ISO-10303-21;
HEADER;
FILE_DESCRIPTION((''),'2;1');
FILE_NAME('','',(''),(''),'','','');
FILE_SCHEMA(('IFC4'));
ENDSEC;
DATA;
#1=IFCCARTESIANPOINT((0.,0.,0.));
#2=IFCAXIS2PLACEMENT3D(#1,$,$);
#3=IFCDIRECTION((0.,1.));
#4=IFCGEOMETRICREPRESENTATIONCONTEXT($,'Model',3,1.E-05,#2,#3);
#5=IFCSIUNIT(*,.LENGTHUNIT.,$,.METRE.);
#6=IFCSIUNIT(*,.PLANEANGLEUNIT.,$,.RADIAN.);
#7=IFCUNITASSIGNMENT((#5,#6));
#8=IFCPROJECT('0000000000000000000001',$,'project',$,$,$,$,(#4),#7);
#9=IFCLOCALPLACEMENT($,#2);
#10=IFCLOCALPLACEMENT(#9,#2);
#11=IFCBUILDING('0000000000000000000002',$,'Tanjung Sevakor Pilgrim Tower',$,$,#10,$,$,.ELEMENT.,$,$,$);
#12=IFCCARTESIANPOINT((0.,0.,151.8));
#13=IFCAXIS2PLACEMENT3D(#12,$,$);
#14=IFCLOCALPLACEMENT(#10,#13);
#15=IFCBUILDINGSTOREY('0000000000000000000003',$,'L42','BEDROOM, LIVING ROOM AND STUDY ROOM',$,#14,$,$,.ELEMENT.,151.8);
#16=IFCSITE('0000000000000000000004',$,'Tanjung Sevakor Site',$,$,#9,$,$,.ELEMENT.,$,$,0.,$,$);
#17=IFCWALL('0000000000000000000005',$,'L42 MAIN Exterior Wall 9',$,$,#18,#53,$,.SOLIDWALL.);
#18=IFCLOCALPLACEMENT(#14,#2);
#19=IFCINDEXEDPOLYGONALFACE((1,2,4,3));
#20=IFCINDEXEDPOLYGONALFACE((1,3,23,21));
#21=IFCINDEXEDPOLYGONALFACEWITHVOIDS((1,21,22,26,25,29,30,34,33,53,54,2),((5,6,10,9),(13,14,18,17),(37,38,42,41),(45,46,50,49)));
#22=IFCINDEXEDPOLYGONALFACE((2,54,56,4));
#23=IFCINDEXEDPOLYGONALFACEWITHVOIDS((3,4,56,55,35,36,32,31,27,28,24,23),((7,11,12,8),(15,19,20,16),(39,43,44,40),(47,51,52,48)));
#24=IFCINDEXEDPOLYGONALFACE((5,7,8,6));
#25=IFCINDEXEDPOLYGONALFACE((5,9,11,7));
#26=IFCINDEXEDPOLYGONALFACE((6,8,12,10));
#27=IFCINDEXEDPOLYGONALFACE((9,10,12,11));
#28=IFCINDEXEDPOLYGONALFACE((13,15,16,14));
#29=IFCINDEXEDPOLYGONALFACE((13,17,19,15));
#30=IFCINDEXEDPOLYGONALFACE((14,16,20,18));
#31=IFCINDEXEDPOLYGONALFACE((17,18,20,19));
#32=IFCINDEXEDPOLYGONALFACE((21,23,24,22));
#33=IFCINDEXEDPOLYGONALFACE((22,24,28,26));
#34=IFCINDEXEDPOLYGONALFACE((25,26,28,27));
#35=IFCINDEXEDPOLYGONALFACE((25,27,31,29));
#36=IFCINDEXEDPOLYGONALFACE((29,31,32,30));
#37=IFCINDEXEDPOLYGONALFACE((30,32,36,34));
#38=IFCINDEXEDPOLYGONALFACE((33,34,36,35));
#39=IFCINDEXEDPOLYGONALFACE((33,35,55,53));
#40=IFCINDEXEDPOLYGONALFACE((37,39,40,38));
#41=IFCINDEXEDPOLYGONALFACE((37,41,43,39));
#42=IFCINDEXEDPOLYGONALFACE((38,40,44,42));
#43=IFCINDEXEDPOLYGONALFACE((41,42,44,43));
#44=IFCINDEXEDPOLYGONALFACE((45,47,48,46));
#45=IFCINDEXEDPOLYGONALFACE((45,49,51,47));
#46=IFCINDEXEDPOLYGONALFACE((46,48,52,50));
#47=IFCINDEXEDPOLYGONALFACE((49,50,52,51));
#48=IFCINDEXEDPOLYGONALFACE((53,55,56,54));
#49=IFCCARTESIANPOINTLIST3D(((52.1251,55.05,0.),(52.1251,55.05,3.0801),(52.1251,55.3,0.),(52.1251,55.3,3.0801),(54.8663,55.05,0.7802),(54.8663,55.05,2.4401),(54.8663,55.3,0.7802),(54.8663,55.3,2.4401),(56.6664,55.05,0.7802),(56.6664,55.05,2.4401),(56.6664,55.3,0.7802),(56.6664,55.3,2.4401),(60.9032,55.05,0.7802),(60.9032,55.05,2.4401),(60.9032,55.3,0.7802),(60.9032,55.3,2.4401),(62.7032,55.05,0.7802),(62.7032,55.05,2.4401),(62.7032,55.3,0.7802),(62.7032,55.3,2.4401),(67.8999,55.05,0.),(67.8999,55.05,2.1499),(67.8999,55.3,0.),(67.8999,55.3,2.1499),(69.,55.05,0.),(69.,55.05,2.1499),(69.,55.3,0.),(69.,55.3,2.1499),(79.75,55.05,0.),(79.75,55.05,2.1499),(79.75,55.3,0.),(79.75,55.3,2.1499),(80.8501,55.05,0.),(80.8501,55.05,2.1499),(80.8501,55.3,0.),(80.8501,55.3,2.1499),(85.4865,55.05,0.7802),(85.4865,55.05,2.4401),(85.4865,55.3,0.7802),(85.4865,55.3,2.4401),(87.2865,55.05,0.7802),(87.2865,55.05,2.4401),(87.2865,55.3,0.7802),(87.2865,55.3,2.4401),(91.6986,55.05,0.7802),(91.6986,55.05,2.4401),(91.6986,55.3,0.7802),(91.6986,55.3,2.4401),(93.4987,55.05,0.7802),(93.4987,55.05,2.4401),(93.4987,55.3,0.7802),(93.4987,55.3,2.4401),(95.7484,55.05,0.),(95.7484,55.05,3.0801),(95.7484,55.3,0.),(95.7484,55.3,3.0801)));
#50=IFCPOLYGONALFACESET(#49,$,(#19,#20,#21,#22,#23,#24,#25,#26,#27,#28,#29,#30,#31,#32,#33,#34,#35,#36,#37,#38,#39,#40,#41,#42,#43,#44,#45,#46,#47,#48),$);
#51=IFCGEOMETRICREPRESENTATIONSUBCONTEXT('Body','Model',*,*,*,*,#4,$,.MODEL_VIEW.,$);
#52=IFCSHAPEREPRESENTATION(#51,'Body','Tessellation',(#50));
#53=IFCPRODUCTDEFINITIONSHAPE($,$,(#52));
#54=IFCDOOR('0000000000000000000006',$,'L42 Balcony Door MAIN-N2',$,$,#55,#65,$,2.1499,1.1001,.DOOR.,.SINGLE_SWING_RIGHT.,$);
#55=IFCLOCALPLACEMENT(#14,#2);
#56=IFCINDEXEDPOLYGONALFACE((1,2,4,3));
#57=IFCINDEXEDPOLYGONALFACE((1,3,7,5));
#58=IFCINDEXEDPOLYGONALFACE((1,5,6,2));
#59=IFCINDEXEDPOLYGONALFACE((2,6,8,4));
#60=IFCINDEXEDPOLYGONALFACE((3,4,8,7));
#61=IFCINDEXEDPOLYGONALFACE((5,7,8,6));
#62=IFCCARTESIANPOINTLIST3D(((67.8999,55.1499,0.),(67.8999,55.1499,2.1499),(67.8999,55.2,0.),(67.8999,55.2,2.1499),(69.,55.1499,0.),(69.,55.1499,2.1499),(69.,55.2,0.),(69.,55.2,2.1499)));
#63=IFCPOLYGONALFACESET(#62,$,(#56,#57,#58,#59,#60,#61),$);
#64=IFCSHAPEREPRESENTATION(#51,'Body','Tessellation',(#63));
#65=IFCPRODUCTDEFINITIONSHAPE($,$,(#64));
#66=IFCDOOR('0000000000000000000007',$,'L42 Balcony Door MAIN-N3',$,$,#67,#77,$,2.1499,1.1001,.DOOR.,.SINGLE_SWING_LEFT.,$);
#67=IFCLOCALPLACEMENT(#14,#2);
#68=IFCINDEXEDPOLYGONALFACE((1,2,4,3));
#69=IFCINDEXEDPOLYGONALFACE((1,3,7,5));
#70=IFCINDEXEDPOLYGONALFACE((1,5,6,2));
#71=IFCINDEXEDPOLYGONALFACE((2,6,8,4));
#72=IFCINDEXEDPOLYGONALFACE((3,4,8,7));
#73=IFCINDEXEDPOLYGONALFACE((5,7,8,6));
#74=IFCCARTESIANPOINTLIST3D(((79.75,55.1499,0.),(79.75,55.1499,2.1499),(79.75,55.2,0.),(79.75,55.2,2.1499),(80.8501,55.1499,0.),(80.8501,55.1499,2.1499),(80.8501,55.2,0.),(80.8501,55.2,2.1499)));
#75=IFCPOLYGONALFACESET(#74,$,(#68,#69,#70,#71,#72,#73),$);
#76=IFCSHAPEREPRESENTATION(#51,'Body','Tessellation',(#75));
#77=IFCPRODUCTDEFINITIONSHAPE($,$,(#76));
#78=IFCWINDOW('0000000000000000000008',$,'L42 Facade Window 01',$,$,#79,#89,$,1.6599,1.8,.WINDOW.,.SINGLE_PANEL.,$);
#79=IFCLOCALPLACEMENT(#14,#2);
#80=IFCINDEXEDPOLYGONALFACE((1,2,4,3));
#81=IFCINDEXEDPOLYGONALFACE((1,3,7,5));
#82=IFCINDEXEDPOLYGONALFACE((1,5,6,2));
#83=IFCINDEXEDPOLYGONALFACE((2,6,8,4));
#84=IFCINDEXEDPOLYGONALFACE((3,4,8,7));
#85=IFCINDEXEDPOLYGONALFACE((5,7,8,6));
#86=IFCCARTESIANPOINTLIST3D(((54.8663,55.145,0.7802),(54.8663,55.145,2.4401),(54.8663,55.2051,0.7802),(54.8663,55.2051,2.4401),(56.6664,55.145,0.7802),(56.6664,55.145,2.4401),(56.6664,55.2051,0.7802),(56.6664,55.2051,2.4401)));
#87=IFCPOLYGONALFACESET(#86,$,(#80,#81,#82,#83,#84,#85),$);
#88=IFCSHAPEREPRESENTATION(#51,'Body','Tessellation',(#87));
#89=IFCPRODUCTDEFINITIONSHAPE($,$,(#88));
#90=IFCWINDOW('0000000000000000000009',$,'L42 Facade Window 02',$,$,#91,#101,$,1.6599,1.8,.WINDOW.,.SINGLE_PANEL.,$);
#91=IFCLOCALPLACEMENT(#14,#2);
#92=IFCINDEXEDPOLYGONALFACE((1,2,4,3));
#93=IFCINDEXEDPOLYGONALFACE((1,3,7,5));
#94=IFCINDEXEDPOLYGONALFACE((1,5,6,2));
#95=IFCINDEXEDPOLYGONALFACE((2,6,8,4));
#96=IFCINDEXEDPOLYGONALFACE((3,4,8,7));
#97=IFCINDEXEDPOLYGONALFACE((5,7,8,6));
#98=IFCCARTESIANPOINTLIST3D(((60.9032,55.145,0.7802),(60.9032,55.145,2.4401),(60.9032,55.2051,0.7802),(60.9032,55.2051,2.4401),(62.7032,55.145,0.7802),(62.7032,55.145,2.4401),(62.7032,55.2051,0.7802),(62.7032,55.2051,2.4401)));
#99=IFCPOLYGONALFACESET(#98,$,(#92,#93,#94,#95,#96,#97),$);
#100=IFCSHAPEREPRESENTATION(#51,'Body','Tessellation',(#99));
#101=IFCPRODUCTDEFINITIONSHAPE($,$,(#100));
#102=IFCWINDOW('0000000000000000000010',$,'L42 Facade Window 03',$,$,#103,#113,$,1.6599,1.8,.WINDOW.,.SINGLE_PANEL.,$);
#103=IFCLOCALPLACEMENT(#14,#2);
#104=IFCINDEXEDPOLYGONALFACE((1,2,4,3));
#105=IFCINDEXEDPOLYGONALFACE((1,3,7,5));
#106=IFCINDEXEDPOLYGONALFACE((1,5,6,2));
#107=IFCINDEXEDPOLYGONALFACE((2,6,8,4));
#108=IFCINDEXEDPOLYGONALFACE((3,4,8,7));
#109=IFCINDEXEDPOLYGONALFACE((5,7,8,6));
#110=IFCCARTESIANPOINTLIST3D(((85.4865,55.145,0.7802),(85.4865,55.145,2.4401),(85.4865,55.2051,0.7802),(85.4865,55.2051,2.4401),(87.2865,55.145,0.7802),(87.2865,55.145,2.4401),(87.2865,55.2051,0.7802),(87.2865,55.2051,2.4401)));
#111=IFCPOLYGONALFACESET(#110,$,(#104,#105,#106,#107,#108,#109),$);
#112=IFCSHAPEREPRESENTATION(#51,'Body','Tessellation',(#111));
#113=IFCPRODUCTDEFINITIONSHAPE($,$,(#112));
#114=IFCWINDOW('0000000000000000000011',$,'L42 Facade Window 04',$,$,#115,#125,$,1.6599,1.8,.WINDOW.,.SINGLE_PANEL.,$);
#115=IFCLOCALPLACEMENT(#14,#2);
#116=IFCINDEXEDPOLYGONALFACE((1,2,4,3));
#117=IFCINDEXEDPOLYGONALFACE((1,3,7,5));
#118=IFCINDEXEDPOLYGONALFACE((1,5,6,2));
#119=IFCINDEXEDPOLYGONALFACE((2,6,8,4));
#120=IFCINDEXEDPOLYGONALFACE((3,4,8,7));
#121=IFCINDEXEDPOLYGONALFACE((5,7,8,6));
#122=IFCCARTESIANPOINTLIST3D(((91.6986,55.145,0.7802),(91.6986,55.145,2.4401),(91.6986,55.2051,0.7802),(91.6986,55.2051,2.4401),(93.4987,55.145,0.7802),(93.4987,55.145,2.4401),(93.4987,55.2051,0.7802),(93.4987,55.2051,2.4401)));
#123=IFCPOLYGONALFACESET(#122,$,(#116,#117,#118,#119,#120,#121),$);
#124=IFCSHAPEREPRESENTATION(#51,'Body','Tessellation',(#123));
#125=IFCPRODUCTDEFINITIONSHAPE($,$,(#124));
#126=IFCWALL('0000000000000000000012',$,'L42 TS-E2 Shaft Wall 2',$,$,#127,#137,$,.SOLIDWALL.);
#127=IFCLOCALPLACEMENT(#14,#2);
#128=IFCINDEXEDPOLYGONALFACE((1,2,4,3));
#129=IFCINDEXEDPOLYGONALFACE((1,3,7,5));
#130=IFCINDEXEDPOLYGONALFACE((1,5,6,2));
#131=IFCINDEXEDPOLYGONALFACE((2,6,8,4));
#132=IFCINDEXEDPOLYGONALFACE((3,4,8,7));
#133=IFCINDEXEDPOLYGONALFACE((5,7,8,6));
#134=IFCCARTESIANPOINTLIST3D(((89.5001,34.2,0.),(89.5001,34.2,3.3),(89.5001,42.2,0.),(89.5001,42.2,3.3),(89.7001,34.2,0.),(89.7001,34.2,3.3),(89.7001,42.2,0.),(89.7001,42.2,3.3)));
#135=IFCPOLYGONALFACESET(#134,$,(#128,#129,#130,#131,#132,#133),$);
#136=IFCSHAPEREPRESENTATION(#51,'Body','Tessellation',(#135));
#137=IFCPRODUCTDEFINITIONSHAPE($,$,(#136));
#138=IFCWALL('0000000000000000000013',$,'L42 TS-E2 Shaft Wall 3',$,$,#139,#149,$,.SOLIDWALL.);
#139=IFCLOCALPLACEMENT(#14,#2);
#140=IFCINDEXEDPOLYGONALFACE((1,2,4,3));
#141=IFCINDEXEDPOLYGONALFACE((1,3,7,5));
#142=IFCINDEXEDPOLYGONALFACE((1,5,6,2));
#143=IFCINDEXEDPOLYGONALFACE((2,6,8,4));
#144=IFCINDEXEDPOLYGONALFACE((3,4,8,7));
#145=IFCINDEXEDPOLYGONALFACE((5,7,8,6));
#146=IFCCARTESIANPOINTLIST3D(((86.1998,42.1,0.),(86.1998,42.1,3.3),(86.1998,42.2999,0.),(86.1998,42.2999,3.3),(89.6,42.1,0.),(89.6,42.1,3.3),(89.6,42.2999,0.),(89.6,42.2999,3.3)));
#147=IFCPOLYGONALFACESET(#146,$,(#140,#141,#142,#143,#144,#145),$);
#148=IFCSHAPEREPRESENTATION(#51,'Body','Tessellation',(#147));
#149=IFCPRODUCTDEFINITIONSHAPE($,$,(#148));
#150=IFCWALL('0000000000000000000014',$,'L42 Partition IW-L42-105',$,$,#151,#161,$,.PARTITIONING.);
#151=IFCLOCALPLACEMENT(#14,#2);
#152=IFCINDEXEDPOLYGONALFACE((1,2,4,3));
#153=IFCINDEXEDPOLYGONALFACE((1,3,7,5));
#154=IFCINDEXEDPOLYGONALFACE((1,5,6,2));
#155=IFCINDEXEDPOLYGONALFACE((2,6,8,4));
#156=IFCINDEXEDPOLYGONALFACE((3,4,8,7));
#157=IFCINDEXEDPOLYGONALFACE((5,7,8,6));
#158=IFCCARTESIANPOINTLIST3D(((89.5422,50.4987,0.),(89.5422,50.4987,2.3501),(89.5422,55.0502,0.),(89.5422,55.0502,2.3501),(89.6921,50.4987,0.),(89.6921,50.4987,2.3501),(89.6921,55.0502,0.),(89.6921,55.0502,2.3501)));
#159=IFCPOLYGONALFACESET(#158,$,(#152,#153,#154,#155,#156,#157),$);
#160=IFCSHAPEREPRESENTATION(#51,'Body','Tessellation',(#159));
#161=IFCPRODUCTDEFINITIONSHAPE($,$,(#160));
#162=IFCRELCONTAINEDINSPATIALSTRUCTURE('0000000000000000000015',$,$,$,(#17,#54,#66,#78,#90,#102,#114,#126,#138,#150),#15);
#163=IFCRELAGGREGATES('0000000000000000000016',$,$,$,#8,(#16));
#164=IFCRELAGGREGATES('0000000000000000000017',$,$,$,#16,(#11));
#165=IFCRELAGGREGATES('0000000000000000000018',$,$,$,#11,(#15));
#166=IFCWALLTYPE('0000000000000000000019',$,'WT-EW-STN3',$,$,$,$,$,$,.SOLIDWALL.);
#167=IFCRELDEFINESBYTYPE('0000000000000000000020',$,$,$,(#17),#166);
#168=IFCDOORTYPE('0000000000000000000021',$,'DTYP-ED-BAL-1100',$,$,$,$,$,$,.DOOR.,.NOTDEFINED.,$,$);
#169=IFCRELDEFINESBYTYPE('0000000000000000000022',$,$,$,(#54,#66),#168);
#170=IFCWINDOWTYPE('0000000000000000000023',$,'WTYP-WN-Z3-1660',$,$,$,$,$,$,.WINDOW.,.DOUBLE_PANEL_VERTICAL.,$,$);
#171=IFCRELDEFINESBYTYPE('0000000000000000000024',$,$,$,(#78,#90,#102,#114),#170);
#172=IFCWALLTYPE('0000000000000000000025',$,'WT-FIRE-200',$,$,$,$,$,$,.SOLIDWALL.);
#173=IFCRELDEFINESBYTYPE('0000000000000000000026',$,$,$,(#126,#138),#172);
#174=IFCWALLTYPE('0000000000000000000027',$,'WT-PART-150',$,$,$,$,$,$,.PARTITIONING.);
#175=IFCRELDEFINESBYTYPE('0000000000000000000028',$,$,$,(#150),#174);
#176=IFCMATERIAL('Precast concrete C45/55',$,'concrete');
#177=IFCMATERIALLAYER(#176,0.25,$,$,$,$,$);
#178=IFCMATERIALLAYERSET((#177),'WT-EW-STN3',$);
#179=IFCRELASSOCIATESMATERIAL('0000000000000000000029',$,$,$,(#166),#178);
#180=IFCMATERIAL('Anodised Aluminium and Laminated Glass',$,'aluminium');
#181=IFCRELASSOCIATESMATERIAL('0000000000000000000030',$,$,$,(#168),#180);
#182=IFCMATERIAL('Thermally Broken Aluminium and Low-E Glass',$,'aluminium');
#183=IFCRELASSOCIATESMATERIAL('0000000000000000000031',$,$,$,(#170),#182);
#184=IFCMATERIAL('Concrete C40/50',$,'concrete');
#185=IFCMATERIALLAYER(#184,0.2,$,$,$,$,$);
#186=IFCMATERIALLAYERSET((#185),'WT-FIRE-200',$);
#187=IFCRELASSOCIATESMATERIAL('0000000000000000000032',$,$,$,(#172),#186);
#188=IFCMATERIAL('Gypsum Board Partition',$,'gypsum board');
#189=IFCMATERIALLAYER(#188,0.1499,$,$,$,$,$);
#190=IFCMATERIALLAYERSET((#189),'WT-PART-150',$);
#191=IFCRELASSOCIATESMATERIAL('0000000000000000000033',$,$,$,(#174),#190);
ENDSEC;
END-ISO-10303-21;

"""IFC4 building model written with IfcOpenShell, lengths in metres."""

from ifc_helpers import new_model, si_unit, direction, frame, frame_2d, origin, place, context, subcontext, project, spatial, rectangle, extrude, material, layer, layer_set, type_object, element, fill, save


model = new_model("IFC4")

# Units and contexts
model_context = context("Model", 3, precision=1e-05, world=origin(), true_north=direction((0.0, 1.0)))
body_context = subcontext(model_context, "Body", "Model", "MODEL_VIEW")
ifc_project = project(units=[si_unit("LENGTHUNIT", "METRE"), si_unit("PLANEANGLEUNIT", "RADIAN")], contexts=[model_context])

# Site, building, storey
site_placement = place(None, origin())
site = spatial("IfcSite", under=ifc_project, at=site_placement, Name="Tanjung Sevakor Site", CompositionType="ELEMENT", RefElevation=0.0)
building_placement = place(site_placement, origin())
building = spatial("IfcBuilding", under=site, at=building_placement, Name="Tanjung Sevakor Pilgrim Tower", CompositionType="ELEMENT")
storey_placement = place(building_placement, frame((0.0, 0.0, 151.8)))
storey = spatial("IfcBuildingStorey", under=building, at=storey_placement, Name="L42", Description="BEDROOM, LIVING ROOM AND STUDY ROOM", CompositionType="ELEMENT", Elevation=151.8)

# Wall, openings, doors, windows
ifc_material_1 = material(Name="Precast concrete C45/55", Category="concrete")
ifc_layer_1 = layer(ifc_material_1, 0.25)
ifc_layer_set_1 = layer_set([ifc_layer_1], Name="WT-EW-STN3")
wall_type_1 = type_object("IfcWallType", Name="WT-EW-STN3", PredefinedType="SOLIDWALL", material=ifc_layer_set_1)
wall_1_placement = place(storey_placement, frame((95.7483, 55.175, 0.0), z_axis=(0.0, 0.0, 1.0), x_axis=(-1.0, 0.0, 0.0)))
wall_1 = element("IfcWall", 1, at=wall_1_placement, inside=storey, type_object=wall_type_1, Name="L42 MAIN Exterior Wall 9", PredefinedType="SOLIDWALL", context=body_context, shape_type="SweptSolid", body=[
    extrude(rectangle(XDim=43.6233, YDim=0.25, at=frame_2d((21.8115, 0.0))), origin(), (0.0, 0.0, 1.0), 3.0801),
])
opening_1_placement = place(wall_1_placement, frame((26.7483, 0.0, 0.0)))
opening_1 = element("IfcOpeningElement", 2, at=opening_1_placement, cuts=wall_1, PredefinedType="OPENING", context=body_context, shape_type="SweptSolid", body=[
    extrude(rectangle(XDim=1.1001, YDim=2.1499, at=frame_2d((0.55, 1.075))), frame((0.0, 0.135, 0.0), z_axis=(0.0, -1.0, 0.0), x_axis=(1.0, 0.0, 0.0)), (0.0, 0.0, 1.0), 0.27),
])
opening_2_placement = place(wall_1_placement, frame((14.8982, 0.0, 0.0)))
opening_2 = element("IfcOpeningElement", 3, at=opening_2_placement, cuts=wall_1, PredefinedType="OPENING", context=body_context, shape_type="SweptSolid", body=[
    extrude(rectangle(XDim=1.1001, YDim=2.1499, at=frame_2d((0.55, 1.075))), frame((0.0, 0.135, 0.0), z_axis=(0.0, -1.0, 0.0), x_axis=(1.0, 0.0, 0.0)), (0.0, 0.0, 1.0), 0.27),
])
opening_3_placement = place(wall_1_placement, frame((39.082, 0.0, 0.78)))
opening_3 = element("IfcOpeningElement", 4, at=opening_3_placement, cuts=wall_1, PredefinedType="OPENING", context=body_context, shape_type="SweptSolid", body=[
    extrude(rectangle(XDim=1.8, YDim=1.6599, at=frame_2d((0.8999, 0.8301))), frame((0.0, 0.135, 0.0), z_axis=(0.0, -1.0, 0.0), x_axis=(1.0, 0.0, 0.0)), (0.0, 0.0, 1.0), 0.27),
])
opening_4_placement = place(wall_1_placement, frame((33.0452, 0.0, 0.78)))
opening_4 = element("IfcOpeningElement", 5, at=opening_4_placement, cuts=wall_1, PredefinedType="OPENING", context=body_context, shape_type="SweptSolid", body=[
    extrude(rectangle(XDim=1.8, YDim=1.6599, at=frame_2d((0.8999, 0.8301))), frame((0.0, 0.135, 0.0), z_axis=(0.0, -1.0, 0.0), x_axis=(1.0, 0.0, 0.0)), (0.0, 0.0, 1.0), 0.27),
])
opening_5_placement = place(wall_1_placement, frame((8.4619, 0.0, 0.78)))
opening_5 = element("IfcOpeningElement", 6, at=opening_5_placement, cuts=wall_1, PredefinedType="OPENING", context=body_context, shape_type="SweptSolid", body=[
    extrude(rectangle(XDim=1.8, YDim=1.6599, at=frame_2d((0.8999, 0.8301))), frame((0.0, 0.135, 0.0), z_axis=(0.0, -1.0, 0.0), x_axis=(1.0, 0.0, 0.0)), (0.0, 0.0, 1.0), 0.27),
])
opening_6_placement = place(wall_1_placement, frame((2.2498, 0.0, 0.78)))
opening_6 = element("IfcOpeningElement", 7, at=opening_6_placement, cuts=wall_1, PredefinedType="OPENING", context=body_context, shape_type="SweptSolid", body=[
    extrude(rectangle(XDim=1.8, YDim=1.6599, at=frame_2d((0.8999, 0.8301))), frame((0.0, 0.135, 0.0), z_axis=(0.0, -1.0, 0.0), x_axis=(1.0, 0.0, 0.0)), (0.0, 0.0, 1.0), 0.27),
])
ifc_material_2 = material(Name="Anodised Aluminium and Laminated Glass", Category="aluminium")
door_type = type_object("IfcDoorType", Name="DTYP-ED-BAL-1100", OperationType="NOTDEFINED", PredefinedType="DOOR", material=ifc_material_2)
door_1_placement = place(opening_1_placement, frame((1.1001, 0.0, 0.0), z_axis=(0.0, 0.0, 1.0), x_axis=(-1.0, 0.0, 0.0)))
door_1 = element("IfcDoor", 8, at=door_1_placement, inside=storey, type_object=door_type, Name="L42 Balcony Door MAIN-N2", OperationType="SINGLE_SWING_RIGHT", OverallHeight=2.1499, OverallWidth=1.1001, PredefinedType="DOOR", context=body_context, shape_type="SweptSolid", body=[
    extrude(rectangle(XDim=1.1001, YDim=2.1499, at=frame_2d((0.55, 1.075))), frame((0.0, 0.0249, 0.0), z_axis=(0.0, -1.0, 0.0), x_axis=(1.0, 0.0, 0.0)), (0.0, 0.0, 1.0), 0.05),
])
fill(opening_1, door_1)
door_2_placement = place(opening_2_placement, frame((1.1001, 0.0, 0.0), z_axis=(0.0, 0.0, 1.0), x_axis=(-1.0, 0.0, 0.0)))
door_2 = element("IfcDoor", 9, at=door_2_placement, inside=storey, type_object=door_type, Name="L42 Balcony Door MAIN-N3", OperationType="SINGLE_SWING_LEFT", OverallHeight=2.1499, OverallWidth=1.1001, PredefinedType="DOOR", context=body_context, shape_type="SweptSolid", body=[
    extrude(rectangle(XDim=1.1001, YDim=2.1499, at=frame_2d((0.55, 1.075))), frame((0.0, 0.0249, 0.0), z_axis=(0.0, -1.0, 0.0), x_axis=(1.0, 0.0, 0.0)), (0.0, 0.0, 1.0), 0.05),
])
fill(opening_2, door_2)
ifc_material_3 = material(Name="Thermally Broken Aluminium and Low-E Glass", Category="aluminium")
window_type = type_object("IfcWindowType", Name="WTYP-WN-Z3-1660", PartitioningType="DOUBLE_PANEL_VERTICAL", PredefinedType="WINDOW", material=ifc_material_3)
window_1_placement = place(opening_3_placement, origin())
window_1 = element("IfcWindow", 10, at=window_1_placement, inside=storey, type_object=window_type, Name="L42 Facade Window 01", OverallHeight=1.6599, OverallWidth=1.8, PartitioningType="SINGLE_PANEL", PredefinedType="WINDOW", context=body_context, shape_type="SweptSolid", body=[
    extrude(rectangle(XDim=1.8, YDim=1.6599, at=frame_2d((0.8999, 0.8301))), frame((0.0, 0.03, 0.0), z_axis=(0.0, -1.0, 0.0), x_axis=(1.0, 0.0, 0.0)), (0.0, 0.0, 1.0), 0.0601),
])
fill(opening_3, window_1)
window_2_placement = place(opening_4_placement, origin())
window_2 = element("IfcWindow", 11, at=window_2_placement, inside=storey, type_object=window_type, Name="L42 Facade Window 02", OverallHeight=1.6599, OverallWidth=1.8, PartitioningType="SINGLE_PANEL", PredefinedType="WINDOW", context=body_context, shape_type="SweptSolid", body=[
    extrude(rectangle(XDim=1.8, YDim=1.6599, at=frame_2d((0.8999, 0.8301))), frame((0.0, 0.03, 0.0), z_axis=(0.0, -1.0, 0.0), x_axis=(1.0, 0.0, 0.0)), (0.0, 0.0, 1.0), 0.0601),
])
fill(opening_4, window_2)
window_3_placement = place(opening_5_placement, origin())
window_3 = element("IfcWindow", 12, at=window_3_placement, inside=storey, type_object=window_type, Name="L42 Facade Window 03", OverallHeight=1.6599, OverallWidth=1.8, PartitioningType="SINGLE_PANEL", PredefinedType="WINDOW", context=body_context, shape_type="SweptSolid", body=[
    extrude(rectangle(XDim=1.8, YDim=1.6599, at=frame_2d((0.8999, 0.8301))), frame((0.0, 0.03, 0.0), z_axis=(0.0, -1.0, 0.0), x_axis=(1.0, 0.0, 0.0)), (0.0, 0.0, 1.0), 0.0601),
])
fill(opening_5, window_3)
window_4_placement = place(opening_6_placement, origin())
window_4 = element("IfcWindow", 13, at=window_4_placement, inside=storey, type_object=window_type, Name="L42 Facade Window 04", OverallHeight=1.6599, OverallWidth=1.8, PartitioningType="SINGLE_PANEL", PredefinedType="WINDOW", context=body_context, shape_type="SweptSolid", body=[
    extrude(rectangle(XDim=1.8, YDim=1.6599, at=frame_2d((0.8999, 0.8301))), frame((0.0, 0.03, 0.0), z_axis=(0.0, -1.0, 0.0), x_axis=(1.0, 0.0, 0.0)), (0.0, 0.0, 1.0), 0.0601),
])
fill(opening_6, window_4)

# Walls
ifc_material_4 = material(Name="Concrete C40/50", Category="concrete")
ifc_layer_2 = layer(ifc_material_4, 0.2)
ifc_layer_set_2 = layer_set([ifc_layer_2], Name="WT-FIRE-200")
wall_type_2 = type_object("IfcWallType", Name="WT-FIRE-200", PredefinedType="SOLIDWALL", material=ifc_layer_set_2)
wall_2_placement = place(storey_placement, frame((89.6001, 34.2, 0.0), z_axis=(0.0, 0.0, 1.0), x_axis=(0.0, 1.0, 0.0)))
element("IfcWall", 14, at=wall_2_placement, inside=storey, type_object=wall_type_2, Name="L42 TS-E2 Shaft Wall 2", PredefinedType="SOLIDWALL", context=body_context, shape_type="SweptSolid", body=[
    extrude(rectangle(XDim=8.0, YDim=0.2, at=frame_2d((4.0, 0.0))), origin(), (0.0, 0.0, 1.0), 3.3),
])
wall_3_placement = place(storey_placement, frame((89.6001, 42.2, 0.0), z_axis=(0.0, 0.0, 1.0), x_axis=(-1.0, 0.0, 0.0)))
element("IfcWall", 15, at=wall_3_placement, inside=storey, type_object=wall_type_2, Name="L42 TS-E2 Shaft Wall 3", PredefinedType="SOLIDWALL", context=body_context, shape_type="SweptSolid", body=[
    extrude(rectangle(XDim=3.4001, YDim=0.2, at=frame_2d((1.7002, 0.0))), origin(), (0.0, 0.0, 1.0), 3.3),
])
ifc_material_5 = material(Name="Gypsum Board Partition", Category="gypsum board")
ifc_layer_3 = layer(ifc_material_5, 0.1499)
ifc_layer_set_3 = layer_set([ifc_layer_3], Name="WT-PART-150")
wall_type_3 = type_object("IfcWallType", Name="WT-PART-150", PredefinedType="PARTITIONING", material=ifc_layer_set_3)
wall_4_placement = place(storey_placement, frame((89.6172, 50.4985, 0.0), z_axis=(0.0, 0.0, 1.0), x_axis=(0.0, 1.0, 0.0)))
element("IfcWall", 16, at=wall_4_placement, inside=storey, type_object=wall_type_3, Name="L42 Partition IW-L42-105", PredefinedType="PARTITIONING", context=body_context, shape_type="SweptSolid", body=[
    extrude(rectangle(XDim=4.5515, YDim=0.1499, at=frame_2d((2.2759, 0.0))), origin(), (0.0, 0.0, 1.0), 2.3501),
])

save(model, "model.ifc")
